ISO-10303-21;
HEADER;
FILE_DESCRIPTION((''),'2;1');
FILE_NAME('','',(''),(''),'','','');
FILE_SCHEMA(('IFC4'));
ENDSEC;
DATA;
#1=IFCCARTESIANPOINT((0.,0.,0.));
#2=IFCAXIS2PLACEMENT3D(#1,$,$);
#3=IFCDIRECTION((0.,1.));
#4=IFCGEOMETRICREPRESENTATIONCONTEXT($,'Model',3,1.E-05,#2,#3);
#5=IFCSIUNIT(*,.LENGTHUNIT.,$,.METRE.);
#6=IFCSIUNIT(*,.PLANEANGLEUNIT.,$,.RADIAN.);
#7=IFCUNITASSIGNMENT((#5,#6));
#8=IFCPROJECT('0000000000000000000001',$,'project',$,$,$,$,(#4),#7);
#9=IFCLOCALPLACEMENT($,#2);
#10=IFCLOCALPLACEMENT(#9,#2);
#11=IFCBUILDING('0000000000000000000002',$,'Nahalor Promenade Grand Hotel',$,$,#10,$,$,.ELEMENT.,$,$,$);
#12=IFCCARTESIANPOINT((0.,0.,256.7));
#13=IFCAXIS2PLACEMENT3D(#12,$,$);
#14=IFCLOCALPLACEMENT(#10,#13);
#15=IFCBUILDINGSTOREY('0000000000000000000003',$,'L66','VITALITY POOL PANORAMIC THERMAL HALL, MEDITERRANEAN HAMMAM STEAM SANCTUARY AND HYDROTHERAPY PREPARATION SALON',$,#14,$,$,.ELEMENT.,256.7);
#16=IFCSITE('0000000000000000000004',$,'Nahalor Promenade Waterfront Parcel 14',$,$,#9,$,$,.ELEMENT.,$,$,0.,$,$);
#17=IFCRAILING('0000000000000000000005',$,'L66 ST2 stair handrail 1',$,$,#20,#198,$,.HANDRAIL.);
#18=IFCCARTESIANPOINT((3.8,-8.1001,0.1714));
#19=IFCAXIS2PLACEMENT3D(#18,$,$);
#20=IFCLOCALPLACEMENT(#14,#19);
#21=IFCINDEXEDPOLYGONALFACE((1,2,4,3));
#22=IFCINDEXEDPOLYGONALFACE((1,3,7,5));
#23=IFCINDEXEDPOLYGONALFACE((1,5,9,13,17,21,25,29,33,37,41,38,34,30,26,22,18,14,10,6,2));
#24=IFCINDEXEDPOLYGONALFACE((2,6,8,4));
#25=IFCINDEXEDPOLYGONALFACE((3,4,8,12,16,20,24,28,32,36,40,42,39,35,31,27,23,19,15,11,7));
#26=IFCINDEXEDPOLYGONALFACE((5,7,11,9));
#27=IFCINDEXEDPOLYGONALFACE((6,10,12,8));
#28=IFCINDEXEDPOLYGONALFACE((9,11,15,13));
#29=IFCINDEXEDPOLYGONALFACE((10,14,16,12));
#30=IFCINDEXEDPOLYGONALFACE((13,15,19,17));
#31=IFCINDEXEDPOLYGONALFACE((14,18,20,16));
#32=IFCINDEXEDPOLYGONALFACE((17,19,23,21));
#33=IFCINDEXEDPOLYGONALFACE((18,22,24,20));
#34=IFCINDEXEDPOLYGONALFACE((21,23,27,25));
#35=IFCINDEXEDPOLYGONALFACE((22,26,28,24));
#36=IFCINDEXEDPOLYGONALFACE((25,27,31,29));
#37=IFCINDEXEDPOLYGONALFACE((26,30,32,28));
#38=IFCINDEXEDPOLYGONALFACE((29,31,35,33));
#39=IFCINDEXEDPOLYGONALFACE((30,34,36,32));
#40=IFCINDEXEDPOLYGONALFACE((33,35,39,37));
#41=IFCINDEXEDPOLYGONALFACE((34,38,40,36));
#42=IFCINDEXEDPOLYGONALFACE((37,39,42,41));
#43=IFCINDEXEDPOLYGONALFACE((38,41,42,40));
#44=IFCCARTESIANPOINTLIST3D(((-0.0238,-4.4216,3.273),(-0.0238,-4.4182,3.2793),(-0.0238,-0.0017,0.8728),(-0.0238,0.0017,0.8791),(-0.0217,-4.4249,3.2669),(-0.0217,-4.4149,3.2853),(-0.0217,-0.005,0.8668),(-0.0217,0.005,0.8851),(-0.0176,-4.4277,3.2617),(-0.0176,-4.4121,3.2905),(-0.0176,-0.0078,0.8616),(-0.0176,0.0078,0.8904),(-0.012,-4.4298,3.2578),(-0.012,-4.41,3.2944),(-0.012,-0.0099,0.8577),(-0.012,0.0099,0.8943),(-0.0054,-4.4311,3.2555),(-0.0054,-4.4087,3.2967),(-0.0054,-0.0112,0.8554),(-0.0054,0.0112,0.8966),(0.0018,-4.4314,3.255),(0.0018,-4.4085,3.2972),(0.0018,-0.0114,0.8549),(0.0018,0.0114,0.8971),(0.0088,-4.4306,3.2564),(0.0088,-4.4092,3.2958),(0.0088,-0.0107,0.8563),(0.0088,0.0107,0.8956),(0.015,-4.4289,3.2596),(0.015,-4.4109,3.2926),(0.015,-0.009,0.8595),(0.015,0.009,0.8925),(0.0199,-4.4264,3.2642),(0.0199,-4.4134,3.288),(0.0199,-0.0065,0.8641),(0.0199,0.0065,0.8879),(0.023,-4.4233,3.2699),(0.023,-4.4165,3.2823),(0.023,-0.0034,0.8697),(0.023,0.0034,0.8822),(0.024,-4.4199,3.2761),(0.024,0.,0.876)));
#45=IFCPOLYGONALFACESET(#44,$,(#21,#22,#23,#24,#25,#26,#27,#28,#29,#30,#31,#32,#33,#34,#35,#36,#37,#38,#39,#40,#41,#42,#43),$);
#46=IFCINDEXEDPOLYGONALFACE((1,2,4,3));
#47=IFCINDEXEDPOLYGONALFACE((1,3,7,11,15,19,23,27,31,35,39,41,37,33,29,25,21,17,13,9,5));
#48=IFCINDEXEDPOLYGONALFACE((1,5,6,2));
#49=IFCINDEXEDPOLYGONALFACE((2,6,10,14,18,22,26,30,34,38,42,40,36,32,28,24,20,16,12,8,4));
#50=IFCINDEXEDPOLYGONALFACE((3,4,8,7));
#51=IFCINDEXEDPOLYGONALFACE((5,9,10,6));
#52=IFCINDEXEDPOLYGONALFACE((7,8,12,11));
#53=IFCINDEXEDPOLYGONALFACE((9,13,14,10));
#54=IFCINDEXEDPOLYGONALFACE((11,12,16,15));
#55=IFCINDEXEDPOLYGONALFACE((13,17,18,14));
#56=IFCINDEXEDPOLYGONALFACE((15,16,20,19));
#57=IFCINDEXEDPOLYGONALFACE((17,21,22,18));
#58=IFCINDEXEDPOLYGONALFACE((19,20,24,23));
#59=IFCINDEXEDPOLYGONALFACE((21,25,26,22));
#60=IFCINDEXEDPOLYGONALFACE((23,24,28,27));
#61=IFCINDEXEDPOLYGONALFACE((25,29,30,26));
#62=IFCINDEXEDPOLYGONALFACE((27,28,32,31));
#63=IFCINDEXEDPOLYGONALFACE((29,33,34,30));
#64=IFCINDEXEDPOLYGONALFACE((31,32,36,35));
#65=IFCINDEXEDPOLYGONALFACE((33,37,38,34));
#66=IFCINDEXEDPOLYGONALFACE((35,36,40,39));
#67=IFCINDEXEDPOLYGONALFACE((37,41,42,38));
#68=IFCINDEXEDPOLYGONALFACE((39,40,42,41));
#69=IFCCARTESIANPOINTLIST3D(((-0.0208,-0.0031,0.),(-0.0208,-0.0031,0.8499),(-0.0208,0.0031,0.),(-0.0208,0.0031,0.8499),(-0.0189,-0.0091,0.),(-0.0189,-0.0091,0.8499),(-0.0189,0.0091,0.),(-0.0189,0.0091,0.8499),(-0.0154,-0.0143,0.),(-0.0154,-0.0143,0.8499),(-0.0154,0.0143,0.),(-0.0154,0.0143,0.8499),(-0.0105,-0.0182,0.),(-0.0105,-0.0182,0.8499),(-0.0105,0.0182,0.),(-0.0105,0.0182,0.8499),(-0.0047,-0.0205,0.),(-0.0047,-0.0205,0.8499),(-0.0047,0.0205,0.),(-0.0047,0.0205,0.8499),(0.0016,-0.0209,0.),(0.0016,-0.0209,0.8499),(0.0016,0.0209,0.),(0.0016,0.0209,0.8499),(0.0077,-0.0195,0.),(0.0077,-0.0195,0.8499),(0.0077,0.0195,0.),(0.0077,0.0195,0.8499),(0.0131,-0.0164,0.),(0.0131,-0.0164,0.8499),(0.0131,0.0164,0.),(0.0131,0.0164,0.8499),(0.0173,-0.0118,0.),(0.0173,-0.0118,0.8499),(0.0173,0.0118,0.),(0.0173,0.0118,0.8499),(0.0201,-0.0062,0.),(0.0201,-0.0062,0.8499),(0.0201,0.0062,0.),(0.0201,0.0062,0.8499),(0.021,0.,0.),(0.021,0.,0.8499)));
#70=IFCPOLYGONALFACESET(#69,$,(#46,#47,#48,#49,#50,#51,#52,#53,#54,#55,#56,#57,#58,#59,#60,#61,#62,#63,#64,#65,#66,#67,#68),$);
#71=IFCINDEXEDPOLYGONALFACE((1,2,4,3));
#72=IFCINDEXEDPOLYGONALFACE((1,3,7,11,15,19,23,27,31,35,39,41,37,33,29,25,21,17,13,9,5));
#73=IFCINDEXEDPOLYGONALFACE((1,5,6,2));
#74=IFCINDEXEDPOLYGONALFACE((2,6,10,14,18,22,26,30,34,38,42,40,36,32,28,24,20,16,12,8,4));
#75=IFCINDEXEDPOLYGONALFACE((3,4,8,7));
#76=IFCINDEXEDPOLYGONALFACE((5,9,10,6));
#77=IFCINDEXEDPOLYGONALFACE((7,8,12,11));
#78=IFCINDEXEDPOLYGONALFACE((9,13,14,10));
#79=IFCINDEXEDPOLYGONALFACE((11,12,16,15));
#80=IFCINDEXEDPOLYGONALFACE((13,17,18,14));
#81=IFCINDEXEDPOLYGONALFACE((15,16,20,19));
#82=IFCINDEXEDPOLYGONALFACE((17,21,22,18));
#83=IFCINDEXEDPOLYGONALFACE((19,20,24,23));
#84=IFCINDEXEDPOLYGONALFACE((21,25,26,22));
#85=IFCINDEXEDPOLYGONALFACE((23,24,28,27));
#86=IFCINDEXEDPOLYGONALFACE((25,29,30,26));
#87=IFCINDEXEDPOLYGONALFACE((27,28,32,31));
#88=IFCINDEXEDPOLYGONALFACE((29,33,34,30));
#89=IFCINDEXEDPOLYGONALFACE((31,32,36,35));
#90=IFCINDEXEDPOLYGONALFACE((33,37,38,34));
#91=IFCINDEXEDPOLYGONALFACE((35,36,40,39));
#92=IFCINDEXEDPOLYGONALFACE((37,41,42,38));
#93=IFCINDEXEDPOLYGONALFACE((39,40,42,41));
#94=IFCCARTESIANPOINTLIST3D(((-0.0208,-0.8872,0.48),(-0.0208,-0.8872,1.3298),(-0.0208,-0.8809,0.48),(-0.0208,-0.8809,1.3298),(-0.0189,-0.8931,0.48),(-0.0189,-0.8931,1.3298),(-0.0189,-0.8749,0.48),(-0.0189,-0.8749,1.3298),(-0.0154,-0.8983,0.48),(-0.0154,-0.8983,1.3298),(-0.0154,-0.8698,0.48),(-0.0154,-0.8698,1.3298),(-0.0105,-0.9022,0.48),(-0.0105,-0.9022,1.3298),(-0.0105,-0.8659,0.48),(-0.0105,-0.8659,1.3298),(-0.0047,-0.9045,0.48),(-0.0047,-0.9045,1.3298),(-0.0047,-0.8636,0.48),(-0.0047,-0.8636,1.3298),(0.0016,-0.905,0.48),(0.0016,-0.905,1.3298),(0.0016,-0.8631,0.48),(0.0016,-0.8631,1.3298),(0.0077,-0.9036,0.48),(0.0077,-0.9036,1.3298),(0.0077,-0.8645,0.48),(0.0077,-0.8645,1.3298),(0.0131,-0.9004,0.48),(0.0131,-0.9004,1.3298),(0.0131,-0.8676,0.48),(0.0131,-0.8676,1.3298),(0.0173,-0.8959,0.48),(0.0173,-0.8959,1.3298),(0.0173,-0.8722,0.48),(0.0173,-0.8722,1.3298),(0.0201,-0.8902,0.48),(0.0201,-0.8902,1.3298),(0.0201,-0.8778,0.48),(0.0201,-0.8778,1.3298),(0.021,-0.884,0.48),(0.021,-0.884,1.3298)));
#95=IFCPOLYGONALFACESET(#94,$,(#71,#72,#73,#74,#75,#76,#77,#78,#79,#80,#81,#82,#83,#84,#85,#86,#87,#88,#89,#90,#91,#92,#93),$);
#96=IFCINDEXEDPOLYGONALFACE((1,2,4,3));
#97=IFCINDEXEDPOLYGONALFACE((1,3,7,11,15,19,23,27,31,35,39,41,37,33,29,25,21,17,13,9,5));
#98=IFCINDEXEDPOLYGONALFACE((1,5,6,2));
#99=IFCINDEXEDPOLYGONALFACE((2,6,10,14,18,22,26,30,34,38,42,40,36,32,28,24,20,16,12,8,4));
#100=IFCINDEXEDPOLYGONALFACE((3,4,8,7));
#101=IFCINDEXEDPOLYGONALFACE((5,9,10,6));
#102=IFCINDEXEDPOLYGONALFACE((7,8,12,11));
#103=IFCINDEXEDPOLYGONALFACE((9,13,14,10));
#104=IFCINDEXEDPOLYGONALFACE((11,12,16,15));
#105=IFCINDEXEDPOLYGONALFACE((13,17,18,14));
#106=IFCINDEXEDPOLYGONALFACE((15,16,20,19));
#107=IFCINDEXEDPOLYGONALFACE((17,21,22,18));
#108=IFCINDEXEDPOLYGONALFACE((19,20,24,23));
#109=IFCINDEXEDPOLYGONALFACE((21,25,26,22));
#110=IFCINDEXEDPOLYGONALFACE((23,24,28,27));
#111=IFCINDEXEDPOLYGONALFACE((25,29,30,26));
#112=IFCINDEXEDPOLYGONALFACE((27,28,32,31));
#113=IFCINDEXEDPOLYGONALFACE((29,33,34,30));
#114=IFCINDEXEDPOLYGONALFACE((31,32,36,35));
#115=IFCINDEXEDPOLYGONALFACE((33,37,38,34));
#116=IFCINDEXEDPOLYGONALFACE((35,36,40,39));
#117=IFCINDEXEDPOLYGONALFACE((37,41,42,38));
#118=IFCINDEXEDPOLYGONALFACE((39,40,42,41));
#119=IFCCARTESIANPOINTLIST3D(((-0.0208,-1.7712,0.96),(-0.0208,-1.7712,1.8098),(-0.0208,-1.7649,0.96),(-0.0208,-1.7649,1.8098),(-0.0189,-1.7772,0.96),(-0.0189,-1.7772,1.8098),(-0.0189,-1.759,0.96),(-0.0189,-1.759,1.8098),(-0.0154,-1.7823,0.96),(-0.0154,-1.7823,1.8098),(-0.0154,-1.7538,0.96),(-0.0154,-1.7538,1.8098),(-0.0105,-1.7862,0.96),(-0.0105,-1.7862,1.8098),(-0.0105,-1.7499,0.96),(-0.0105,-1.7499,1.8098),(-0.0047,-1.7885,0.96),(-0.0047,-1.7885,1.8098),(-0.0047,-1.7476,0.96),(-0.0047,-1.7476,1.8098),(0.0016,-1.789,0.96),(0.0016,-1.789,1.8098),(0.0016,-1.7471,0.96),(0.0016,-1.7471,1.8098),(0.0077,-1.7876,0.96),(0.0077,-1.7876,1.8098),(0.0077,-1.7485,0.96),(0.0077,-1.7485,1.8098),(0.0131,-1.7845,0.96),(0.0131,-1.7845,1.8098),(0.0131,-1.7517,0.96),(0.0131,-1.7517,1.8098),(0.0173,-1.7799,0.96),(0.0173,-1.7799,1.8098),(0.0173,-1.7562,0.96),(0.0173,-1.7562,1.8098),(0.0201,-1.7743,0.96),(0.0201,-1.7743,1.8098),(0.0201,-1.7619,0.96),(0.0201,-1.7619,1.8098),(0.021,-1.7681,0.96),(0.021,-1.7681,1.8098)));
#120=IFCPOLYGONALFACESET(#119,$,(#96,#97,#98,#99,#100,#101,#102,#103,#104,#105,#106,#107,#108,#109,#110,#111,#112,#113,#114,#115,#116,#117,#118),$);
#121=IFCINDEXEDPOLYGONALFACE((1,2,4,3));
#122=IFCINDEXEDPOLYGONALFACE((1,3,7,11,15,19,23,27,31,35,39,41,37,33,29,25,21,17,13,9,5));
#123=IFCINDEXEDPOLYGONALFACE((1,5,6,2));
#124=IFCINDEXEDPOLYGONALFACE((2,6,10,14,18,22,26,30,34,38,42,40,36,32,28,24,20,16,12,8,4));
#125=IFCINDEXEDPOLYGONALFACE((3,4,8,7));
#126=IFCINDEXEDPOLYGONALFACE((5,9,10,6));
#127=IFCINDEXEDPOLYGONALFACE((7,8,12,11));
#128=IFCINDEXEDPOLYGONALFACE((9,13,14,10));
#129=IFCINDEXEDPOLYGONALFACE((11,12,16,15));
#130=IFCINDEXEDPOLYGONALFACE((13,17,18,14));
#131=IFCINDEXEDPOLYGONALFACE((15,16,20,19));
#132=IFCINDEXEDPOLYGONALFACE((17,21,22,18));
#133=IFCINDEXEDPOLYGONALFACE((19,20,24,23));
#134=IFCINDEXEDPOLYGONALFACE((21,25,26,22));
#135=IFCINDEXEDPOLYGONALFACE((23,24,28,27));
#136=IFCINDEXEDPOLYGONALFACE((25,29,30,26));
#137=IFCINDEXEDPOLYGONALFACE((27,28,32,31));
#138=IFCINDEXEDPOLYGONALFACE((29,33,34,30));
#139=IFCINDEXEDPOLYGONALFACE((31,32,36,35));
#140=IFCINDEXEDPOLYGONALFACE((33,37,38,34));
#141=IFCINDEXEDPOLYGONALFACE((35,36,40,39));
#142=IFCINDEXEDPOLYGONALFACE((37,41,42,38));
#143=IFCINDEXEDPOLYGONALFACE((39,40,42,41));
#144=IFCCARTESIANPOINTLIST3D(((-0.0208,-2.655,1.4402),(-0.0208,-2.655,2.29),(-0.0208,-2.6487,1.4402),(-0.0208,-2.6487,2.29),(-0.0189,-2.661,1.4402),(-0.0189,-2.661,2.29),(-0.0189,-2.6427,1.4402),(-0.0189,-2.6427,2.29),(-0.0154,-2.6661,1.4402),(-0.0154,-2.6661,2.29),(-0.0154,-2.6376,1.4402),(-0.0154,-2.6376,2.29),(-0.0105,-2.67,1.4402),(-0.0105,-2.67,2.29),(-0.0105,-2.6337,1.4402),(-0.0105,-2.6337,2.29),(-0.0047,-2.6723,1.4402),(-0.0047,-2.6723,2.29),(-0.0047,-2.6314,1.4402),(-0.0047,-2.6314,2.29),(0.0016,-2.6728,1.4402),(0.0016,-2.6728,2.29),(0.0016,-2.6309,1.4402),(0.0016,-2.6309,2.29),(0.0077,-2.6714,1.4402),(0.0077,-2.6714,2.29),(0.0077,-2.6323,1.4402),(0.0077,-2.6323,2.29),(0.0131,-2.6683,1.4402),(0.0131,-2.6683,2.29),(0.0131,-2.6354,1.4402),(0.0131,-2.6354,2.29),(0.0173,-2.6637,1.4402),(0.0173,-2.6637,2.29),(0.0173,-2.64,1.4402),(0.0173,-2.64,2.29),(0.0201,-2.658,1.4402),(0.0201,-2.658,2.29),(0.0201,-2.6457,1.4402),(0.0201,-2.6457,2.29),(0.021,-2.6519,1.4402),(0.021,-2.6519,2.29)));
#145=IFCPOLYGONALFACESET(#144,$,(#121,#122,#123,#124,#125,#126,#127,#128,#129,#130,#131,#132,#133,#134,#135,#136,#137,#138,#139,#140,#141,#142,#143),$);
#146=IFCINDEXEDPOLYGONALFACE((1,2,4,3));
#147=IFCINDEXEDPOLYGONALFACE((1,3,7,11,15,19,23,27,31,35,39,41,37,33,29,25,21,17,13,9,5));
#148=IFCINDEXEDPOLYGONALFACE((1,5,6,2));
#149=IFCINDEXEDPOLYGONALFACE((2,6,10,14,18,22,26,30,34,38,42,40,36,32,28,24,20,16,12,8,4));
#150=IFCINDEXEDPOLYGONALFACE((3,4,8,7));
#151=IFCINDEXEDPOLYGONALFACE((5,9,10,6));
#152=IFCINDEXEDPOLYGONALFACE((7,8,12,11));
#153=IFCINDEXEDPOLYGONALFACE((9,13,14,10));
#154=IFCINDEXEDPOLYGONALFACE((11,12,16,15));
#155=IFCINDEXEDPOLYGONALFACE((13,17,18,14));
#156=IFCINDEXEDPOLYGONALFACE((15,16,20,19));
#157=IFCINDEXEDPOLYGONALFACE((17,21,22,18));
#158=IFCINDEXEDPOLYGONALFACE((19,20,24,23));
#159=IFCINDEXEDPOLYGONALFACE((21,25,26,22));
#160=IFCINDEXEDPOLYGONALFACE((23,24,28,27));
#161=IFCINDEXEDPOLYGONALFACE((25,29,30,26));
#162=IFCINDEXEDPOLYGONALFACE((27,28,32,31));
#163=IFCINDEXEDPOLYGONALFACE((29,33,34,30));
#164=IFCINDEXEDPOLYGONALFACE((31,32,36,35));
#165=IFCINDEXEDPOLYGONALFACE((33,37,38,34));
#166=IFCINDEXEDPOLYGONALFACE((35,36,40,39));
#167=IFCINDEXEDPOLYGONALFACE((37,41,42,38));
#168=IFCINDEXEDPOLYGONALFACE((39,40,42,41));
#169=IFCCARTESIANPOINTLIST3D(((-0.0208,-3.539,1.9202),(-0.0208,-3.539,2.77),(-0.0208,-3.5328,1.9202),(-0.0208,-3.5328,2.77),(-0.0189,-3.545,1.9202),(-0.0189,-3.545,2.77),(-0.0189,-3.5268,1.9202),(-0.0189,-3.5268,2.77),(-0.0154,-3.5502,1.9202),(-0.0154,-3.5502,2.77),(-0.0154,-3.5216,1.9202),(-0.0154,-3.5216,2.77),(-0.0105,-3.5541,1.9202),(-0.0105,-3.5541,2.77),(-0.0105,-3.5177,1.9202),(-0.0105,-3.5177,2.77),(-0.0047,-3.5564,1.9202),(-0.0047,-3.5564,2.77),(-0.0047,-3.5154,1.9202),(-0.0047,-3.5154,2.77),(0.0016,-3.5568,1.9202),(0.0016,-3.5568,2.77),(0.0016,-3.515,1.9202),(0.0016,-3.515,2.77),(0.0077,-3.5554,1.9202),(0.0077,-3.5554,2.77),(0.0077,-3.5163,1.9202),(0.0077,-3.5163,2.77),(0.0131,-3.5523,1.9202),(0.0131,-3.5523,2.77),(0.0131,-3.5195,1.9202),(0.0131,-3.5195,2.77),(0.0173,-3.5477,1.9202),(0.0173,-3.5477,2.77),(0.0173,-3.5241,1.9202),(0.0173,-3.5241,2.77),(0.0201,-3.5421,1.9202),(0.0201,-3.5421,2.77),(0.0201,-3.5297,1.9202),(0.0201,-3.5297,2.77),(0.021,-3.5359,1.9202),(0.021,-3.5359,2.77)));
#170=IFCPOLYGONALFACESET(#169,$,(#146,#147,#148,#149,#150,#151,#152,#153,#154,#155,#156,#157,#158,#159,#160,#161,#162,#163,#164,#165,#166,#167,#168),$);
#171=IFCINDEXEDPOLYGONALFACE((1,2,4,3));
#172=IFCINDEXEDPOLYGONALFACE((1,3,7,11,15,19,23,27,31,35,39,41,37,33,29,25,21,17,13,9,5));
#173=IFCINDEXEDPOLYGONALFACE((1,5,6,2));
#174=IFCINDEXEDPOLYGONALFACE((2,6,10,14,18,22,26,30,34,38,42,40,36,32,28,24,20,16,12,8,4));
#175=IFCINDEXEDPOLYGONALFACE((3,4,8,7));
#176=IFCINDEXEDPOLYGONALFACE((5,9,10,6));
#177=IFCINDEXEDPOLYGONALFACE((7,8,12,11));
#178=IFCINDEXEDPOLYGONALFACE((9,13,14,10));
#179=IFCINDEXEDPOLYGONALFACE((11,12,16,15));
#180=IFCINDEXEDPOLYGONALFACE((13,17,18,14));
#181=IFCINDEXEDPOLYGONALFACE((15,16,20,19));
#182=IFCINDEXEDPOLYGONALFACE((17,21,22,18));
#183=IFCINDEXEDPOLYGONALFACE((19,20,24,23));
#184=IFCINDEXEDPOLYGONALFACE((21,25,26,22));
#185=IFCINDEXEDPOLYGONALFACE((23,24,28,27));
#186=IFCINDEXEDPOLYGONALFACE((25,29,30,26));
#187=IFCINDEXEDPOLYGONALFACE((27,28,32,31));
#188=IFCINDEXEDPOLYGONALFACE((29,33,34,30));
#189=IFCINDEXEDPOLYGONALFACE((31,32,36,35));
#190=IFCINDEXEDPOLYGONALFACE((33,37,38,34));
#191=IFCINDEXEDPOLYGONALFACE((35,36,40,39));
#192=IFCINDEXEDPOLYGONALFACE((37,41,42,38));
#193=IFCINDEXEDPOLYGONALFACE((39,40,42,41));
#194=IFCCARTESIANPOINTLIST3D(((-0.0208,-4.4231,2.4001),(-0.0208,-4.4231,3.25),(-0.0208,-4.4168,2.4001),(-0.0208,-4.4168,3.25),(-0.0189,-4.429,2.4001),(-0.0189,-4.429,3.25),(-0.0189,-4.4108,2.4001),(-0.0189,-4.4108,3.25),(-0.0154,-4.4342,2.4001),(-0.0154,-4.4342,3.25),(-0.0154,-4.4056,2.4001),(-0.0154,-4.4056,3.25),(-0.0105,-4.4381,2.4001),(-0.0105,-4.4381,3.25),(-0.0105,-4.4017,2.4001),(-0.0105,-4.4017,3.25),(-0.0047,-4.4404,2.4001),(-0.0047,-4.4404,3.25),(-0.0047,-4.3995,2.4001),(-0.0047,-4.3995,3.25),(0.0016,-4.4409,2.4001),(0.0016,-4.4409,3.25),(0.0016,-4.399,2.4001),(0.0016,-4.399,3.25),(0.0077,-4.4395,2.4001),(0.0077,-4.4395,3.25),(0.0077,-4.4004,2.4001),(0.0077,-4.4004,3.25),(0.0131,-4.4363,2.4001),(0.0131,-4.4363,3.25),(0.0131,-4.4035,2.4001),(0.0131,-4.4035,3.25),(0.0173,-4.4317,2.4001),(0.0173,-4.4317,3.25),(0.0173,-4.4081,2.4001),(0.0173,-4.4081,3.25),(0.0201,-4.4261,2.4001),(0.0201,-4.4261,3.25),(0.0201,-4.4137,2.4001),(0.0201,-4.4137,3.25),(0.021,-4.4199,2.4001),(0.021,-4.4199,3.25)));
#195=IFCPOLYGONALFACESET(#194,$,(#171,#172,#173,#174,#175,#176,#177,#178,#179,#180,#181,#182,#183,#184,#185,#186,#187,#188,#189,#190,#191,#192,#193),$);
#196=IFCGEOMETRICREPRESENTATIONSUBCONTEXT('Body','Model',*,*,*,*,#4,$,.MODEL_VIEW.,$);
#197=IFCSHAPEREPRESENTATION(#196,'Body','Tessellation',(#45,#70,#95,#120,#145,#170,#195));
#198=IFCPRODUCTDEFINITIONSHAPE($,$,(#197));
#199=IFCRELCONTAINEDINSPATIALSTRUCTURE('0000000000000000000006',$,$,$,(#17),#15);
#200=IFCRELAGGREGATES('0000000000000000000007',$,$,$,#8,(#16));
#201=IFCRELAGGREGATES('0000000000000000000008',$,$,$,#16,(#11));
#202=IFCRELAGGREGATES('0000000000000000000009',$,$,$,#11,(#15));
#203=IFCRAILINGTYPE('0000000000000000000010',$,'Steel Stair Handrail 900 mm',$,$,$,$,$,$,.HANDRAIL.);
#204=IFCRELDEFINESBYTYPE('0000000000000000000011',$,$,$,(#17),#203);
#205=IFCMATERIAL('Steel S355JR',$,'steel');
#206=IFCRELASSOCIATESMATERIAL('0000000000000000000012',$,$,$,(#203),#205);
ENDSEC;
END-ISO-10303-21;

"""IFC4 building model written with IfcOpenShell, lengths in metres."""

from ifc_helpers import new_model, si_unit, direction, frame, origin, origin_2d, place, context, subcontext, project, spatial, circle, extrude, material, type_object, element, save


model = new_model("IFC4")

# Units and contexts
model_context = context("Model", 3, precision=1e-05, world=origin(), true_north=direction((0.0, 1.0)))
body_context = subcontext(model_context, "Body", "Model", "MODEL_VIEW")
ifc_project = project(units=[si_unit("LENGTHUNIT", "METRE"), si_unit("PLANEANGLEUNIT", "RADIAN")], contexts=[model_context])

# Site, building, storey
site_placement = place(None, origin())
site = spatial("IfcSite", under=ifc_project, at=site_placement, Name="Nahalor Promenade Waterfront Parcel 14", CompositionType="ELEMENT", RefElevation=0.0)
building_placement = place(site_placement, origin())
building = spatial("IfcBuilding", under=site, at=building_placement, Name="Nahalor Promenade Grand Hotel", CompositionType="ELEMENT")
storey_placement = place(building_placement, frame((0.0, 0.0, 256.7)))
storey = spatial("IfcBuildingStorey", under=building, at=storey_placement, Name="L66", Description="VITALITY POOL PANORAMIC THERMAL HALL, MEDITERRANEAN HAMMAM STEAM SANCTUARY AND HYDROTHERAPY PREPARATION SALON", CompositionType="ELEMENT", Elevation=256.7)

# Shared definitions
ifc_material_1 = material(Name="Steel S355JR", Category="steel")

# Railing
railing_type_1 = type_object("IfcRailingType", Name="Steel Stair Handrail 900 mm", PredefinedType="HANDRAIL", material=ifc_material_1)
railing_1_placement = place(storey_placement, frame((3.8, -8.1001, 0.1714)))
element("IfcRailing", 1, at=railing_1_placement, inside=storey, type_object=railing_type_1, Name="L66 ST2 stair handrail 1", PredefinedType="HANDRAIL", context=body_context, shape_type="SweptSolid", body=[
    extrude(circle(Radius=0.024, at=origin_2d()), frame((0.0, 0.0, 0.876), z_axis=(0.0, -0.87879, 0.477209), x_axis=(1.0, 0.0, 0.0)), (0.0, 0.0, 1.0), 5.0295),
    extrude(circle(Radius=0.021, at=origin_2d()), origin(), (0.0, 0.0, 1.0), 0.8499),
    extrude(circle(Radius=0.021, at=origin_2d()), frame((0.0, -0.884, 0.48)), (0.0, 0.0, 1.0), 0.8499),
    extrude(circle(Radius=0.021, at=origin_2d()), frame((0.0, -1.7681, 0.96)), (0.0, 0.0, 1.0), 0.8499),
    extrude(circle(Radius=0.021, at=origin_2d()), frame((0.0, -2.6519, 1.4402)), (0.0, 0.0, 1.0), 0.8499),
    extrude(circle(Radius=0.021, at=origin_2d()), frame((0.0, -3.5359, 1.9202)), (0.0, 0.0, 1.0), 0.8499),
    extrude(circle(Radius=0.021, at=origin_2d()), frame((0.0, -4.4199, 2.4001)), (0.0, 0.0, 1.0), 0.8499),
])

save(model, "model.ifc")
